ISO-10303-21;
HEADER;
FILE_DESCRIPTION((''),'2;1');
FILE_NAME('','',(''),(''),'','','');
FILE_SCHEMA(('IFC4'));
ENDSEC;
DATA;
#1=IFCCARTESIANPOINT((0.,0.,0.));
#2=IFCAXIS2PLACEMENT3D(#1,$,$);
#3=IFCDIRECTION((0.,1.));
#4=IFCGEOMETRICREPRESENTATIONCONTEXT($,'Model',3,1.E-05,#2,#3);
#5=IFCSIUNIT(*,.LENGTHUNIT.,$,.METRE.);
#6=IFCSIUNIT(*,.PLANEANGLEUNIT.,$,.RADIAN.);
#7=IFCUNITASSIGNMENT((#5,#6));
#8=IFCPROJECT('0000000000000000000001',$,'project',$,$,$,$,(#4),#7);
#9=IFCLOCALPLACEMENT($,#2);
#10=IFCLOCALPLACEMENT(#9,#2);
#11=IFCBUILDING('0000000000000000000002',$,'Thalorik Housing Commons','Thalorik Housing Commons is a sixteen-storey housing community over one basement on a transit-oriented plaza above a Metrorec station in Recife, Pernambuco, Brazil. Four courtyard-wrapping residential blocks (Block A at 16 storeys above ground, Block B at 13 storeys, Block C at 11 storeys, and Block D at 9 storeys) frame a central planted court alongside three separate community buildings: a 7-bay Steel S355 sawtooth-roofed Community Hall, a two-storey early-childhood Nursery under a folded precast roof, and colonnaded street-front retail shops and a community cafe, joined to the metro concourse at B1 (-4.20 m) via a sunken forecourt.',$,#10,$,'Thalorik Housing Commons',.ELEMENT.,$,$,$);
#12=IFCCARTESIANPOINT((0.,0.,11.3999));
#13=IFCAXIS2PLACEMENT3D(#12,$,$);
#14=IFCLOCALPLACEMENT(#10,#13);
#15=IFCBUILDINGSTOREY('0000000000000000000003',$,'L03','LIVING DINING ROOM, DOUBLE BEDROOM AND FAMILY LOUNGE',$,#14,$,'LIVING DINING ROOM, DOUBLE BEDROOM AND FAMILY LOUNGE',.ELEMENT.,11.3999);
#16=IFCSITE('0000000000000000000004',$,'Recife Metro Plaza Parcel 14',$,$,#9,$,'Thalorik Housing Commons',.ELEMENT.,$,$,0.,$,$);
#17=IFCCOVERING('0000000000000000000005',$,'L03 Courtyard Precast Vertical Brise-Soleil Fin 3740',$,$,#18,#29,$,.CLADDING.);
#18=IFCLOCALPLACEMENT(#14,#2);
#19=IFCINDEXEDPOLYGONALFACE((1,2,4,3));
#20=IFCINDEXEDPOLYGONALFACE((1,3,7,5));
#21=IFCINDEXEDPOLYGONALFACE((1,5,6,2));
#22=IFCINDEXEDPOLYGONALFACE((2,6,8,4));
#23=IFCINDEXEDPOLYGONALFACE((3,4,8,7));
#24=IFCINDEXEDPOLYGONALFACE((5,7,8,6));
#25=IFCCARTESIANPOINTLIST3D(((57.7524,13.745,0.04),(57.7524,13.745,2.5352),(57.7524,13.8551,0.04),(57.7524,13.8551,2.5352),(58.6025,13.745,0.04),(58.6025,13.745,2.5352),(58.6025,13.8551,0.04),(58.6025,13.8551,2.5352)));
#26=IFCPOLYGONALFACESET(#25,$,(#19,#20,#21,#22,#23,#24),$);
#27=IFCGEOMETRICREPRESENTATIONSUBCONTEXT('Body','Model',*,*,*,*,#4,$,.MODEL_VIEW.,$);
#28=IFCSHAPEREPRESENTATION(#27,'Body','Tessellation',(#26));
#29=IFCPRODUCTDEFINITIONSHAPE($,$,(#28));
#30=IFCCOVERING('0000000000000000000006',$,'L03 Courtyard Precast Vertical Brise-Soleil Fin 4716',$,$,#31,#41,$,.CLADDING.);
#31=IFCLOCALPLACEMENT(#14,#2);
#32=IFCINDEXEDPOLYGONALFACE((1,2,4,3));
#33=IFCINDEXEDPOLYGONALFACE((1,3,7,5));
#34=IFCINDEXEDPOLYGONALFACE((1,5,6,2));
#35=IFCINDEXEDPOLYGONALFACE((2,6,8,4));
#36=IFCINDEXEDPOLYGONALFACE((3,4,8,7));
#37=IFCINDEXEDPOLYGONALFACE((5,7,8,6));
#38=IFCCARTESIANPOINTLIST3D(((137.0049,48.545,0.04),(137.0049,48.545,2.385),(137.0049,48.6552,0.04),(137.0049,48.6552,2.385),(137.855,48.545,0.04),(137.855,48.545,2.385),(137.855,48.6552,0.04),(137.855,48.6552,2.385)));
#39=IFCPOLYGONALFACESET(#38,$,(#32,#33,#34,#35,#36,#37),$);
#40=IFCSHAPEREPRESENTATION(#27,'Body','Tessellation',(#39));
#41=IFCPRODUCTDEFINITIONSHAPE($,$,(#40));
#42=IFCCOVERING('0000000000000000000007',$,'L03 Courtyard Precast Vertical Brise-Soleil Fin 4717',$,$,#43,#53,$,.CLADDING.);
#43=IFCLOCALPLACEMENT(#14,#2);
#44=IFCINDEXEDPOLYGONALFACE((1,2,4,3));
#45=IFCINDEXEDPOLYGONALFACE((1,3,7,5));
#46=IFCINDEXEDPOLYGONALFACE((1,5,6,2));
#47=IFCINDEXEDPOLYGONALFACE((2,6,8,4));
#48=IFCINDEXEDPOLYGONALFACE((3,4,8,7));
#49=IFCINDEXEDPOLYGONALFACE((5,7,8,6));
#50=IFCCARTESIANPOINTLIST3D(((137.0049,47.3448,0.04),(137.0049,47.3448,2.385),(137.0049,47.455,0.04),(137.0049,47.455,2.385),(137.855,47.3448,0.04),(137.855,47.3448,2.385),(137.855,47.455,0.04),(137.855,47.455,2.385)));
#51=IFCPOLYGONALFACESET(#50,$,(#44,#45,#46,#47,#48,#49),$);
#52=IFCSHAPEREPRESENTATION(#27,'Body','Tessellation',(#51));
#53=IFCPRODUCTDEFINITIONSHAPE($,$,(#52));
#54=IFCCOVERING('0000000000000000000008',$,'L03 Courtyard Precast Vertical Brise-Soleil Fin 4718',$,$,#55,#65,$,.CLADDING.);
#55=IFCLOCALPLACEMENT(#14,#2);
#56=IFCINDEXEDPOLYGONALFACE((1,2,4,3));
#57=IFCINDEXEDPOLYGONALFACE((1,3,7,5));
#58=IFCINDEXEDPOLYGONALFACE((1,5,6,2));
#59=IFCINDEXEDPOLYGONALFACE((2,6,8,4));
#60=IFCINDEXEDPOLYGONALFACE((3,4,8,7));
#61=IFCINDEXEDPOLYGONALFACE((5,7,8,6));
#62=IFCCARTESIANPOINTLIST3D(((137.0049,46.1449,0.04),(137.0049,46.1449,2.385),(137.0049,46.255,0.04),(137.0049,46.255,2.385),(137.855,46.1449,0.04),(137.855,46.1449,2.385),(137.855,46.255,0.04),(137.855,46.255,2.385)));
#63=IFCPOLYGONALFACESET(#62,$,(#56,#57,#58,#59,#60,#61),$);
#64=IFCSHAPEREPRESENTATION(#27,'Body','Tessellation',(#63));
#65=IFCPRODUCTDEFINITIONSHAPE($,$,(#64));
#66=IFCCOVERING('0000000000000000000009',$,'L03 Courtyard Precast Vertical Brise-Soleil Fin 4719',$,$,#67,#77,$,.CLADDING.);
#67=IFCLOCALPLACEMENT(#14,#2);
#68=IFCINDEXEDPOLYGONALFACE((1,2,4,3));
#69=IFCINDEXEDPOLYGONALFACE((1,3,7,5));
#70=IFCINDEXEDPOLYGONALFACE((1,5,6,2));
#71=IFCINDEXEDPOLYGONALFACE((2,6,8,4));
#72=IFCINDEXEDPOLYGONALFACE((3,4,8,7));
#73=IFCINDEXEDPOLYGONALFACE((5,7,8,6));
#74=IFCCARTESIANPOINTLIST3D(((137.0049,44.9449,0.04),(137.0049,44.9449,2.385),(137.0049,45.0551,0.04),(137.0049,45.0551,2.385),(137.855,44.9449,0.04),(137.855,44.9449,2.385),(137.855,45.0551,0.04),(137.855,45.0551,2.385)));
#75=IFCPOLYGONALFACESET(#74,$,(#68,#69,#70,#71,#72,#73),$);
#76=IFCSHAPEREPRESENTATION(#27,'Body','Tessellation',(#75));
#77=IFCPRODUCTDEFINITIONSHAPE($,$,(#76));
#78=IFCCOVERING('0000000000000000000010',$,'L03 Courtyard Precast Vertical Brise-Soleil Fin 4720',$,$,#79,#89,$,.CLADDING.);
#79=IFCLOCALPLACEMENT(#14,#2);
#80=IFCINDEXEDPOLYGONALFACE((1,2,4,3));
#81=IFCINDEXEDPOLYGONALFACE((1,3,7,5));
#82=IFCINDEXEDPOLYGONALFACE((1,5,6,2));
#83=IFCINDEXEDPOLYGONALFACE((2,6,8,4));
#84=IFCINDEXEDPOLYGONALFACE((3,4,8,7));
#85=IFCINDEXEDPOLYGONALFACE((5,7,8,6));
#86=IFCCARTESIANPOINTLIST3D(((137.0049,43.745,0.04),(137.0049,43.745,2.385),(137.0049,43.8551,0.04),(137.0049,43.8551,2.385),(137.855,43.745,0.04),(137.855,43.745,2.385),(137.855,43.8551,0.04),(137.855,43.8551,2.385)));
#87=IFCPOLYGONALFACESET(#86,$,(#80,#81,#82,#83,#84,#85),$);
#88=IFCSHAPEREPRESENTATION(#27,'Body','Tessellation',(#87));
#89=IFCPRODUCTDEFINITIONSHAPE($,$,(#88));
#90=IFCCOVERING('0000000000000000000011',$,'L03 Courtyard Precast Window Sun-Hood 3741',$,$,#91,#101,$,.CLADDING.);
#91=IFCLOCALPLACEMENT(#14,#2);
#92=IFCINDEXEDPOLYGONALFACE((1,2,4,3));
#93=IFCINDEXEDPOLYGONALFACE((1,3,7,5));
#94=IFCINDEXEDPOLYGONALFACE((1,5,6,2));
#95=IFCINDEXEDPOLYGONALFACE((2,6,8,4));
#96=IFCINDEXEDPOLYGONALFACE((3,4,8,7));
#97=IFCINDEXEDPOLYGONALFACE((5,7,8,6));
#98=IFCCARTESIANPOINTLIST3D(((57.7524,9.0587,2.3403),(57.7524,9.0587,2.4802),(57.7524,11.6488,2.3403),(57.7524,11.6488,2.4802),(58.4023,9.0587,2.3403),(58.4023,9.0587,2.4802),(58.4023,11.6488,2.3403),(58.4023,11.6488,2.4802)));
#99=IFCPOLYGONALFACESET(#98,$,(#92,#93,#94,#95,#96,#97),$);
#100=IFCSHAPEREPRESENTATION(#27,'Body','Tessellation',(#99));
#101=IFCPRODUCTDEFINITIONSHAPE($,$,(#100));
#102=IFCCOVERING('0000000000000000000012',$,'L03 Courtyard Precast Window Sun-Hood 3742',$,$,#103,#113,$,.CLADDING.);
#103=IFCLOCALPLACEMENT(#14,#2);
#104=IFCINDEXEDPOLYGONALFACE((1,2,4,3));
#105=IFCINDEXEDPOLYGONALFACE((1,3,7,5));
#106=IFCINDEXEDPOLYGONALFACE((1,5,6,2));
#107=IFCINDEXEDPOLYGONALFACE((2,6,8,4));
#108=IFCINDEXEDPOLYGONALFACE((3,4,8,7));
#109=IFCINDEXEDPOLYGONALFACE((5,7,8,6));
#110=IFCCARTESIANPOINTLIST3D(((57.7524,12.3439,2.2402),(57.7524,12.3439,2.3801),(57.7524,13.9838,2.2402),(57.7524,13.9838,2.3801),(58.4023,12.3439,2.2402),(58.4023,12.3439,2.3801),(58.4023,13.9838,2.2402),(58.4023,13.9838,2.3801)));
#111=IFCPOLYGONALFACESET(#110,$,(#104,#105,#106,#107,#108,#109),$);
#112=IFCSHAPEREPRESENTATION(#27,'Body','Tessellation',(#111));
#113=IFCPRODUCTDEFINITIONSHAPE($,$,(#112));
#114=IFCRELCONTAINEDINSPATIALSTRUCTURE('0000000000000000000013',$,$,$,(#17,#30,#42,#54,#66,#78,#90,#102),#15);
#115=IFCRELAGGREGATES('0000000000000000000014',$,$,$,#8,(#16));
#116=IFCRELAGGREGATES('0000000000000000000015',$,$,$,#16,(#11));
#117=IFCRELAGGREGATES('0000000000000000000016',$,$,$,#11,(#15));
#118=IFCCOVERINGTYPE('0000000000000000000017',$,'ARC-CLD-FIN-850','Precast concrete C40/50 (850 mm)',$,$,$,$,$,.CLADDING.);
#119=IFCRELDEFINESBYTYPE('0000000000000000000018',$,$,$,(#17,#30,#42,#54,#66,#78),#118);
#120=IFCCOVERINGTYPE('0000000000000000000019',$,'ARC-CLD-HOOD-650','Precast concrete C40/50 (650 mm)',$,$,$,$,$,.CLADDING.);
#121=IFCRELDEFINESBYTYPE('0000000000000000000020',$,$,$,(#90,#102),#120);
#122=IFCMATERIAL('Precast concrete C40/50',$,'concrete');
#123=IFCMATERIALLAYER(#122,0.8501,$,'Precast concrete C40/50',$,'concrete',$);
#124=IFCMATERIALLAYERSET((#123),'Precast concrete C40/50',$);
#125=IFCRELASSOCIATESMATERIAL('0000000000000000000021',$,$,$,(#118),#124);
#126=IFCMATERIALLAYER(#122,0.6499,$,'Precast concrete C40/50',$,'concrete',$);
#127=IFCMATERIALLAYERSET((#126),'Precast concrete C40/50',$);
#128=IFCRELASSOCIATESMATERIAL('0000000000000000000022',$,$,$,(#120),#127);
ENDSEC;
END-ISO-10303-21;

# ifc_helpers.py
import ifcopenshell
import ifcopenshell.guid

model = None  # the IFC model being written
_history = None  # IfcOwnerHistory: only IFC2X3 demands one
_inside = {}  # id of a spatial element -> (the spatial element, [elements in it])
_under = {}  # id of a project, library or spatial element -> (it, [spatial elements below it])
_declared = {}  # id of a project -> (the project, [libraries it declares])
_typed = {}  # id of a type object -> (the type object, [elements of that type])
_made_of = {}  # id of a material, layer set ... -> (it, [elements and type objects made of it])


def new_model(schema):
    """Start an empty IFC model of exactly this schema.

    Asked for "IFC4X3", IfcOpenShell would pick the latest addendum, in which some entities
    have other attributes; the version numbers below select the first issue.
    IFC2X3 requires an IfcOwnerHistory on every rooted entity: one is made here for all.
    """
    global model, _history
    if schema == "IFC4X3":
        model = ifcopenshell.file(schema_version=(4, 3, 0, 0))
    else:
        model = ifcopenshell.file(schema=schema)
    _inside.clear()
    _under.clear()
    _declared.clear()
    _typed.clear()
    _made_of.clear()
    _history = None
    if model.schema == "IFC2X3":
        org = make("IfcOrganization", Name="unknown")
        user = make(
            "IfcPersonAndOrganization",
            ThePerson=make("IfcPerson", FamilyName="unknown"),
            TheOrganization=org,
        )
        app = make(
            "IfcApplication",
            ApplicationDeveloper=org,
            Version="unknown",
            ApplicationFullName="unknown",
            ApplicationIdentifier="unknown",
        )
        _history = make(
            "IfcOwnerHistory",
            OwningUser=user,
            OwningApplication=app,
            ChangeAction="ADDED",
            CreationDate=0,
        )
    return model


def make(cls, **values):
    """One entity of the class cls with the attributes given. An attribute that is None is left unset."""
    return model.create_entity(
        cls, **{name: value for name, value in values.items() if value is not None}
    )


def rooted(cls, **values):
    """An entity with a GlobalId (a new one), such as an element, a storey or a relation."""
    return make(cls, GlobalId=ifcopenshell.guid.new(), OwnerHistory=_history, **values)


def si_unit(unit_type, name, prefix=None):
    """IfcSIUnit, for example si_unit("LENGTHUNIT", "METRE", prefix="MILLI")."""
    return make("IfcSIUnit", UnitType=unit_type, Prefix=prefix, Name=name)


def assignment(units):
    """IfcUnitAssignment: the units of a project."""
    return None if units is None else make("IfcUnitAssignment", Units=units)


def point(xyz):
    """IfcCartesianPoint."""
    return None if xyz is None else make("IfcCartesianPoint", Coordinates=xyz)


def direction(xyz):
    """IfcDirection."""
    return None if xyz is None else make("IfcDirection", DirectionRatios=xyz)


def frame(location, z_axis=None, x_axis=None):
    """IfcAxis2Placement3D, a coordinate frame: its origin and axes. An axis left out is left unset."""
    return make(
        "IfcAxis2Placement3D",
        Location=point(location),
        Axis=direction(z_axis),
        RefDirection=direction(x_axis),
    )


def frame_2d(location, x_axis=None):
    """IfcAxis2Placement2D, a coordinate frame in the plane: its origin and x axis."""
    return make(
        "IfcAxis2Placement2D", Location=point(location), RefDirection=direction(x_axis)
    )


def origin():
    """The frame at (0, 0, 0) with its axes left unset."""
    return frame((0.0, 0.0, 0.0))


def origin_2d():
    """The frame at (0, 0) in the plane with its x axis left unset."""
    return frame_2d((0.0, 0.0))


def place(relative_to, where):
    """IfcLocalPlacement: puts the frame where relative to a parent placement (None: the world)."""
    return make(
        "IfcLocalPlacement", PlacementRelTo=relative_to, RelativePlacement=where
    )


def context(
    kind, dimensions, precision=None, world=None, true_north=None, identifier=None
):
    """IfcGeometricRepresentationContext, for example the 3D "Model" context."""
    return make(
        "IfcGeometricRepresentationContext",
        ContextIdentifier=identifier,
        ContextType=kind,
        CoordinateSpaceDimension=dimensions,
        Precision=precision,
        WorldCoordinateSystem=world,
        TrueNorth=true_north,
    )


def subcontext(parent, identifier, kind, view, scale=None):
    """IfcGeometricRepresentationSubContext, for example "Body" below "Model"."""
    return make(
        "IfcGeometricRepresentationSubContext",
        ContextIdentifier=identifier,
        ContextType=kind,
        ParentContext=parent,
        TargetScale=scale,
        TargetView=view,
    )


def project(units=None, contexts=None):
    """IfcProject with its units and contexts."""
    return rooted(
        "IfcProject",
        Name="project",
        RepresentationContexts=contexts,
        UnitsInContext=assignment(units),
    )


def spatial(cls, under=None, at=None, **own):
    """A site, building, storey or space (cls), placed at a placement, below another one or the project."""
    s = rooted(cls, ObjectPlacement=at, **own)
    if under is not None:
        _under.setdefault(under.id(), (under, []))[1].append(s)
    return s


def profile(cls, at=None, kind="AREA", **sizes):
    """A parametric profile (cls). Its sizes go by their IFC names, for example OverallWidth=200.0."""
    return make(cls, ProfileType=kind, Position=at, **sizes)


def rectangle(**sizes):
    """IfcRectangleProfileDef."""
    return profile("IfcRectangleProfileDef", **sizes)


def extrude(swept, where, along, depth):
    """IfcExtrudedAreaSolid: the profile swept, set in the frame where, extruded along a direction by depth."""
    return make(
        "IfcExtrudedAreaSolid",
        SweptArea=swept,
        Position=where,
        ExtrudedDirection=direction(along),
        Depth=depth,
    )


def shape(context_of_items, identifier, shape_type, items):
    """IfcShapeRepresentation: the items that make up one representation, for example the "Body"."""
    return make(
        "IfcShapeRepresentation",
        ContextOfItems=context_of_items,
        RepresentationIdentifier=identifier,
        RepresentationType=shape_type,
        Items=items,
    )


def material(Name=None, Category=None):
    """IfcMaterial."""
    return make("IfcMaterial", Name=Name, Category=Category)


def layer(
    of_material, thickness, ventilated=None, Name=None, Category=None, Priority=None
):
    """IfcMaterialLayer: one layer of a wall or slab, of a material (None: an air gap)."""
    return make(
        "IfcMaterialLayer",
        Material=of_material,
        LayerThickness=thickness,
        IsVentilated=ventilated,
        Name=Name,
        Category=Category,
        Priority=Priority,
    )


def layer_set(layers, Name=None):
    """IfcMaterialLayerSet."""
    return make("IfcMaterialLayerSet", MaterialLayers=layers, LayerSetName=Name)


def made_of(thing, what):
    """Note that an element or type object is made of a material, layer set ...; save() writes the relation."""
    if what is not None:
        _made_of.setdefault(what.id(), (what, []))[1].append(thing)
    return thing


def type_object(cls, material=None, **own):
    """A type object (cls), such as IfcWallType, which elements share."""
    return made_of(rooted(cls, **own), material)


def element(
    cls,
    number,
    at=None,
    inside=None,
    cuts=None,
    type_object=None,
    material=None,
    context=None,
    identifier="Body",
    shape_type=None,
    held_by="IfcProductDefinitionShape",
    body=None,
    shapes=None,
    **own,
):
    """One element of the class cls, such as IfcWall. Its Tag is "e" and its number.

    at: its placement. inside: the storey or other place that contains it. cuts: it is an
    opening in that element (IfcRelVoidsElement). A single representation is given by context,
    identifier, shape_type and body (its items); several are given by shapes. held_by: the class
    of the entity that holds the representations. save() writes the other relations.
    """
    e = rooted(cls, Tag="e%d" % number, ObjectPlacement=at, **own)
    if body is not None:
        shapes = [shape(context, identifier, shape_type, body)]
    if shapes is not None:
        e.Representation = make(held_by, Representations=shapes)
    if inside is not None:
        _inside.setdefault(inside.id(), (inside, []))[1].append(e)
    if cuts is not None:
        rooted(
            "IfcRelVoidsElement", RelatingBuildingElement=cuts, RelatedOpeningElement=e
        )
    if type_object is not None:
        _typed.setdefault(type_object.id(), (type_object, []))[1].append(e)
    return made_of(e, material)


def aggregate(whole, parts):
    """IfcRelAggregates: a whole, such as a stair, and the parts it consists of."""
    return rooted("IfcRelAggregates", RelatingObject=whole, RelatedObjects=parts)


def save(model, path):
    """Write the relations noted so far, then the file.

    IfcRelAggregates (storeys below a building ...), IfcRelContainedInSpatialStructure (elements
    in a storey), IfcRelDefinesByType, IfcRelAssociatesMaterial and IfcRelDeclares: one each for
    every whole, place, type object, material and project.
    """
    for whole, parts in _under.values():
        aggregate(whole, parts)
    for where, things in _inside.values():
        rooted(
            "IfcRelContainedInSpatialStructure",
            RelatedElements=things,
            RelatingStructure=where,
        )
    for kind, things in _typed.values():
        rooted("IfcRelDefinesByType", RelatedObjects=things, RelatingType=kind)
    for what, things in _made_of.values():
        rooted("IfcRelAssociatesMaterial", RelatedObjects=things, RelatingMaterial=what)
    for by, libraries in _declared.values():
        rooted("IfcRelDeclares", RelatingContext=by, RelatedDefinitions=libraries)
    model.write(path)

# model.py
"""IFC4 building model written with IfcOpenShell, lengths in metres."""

from ifc_helpers import new_model, si_unit, direction, frame, origin, origin_2d, place, context, subcontext, project, spatial, rectangle, extrude, material, layer, layer_set, type_object, element, save


model = new_model("IFC4")

# Units and contexts
model_context = context("Model", 3, precision=1e-05, world=origin(), true_north=direction((0.0, 1.0)))
body_context = subcontext(model_context, "Body", "Model", "MODEL_VIEW")
ifc_project = project(units=[si_unit("LENGTHUNIT", "METRE"), si_unit("PLANEANGLEUNIT", "RADIAN")], contexts=[model_context])

# Site, building, storey
site_placement = place(None, origin())
site = spatial("IfcSite", under=ifc_project, at=site_placement, Name="Recife Metro Plaza Parcel 14", LongName="Thalorik Housing Commons", CompositionType="ELEMENT", RefElevation=0.0)
building_placement = place(site_placement, origin())
building = spatial("IfcBuilding", under=site, at=building_placement, Name="Thalorik Housing Commons", Description="Thalorik Housing Commons is a sixteen-storey housing community over one basement on a transit-oriented plaza above a Metrorec station in Recife, Pernambuco, Brazil. Four courtyard-wrapping residential blocks (Block A at 16 storeys above ground, Block B at 13 storeys, Block C at 11 storeys, and Block D at 9 storeys) frame a central planted court alongside three separate community buildings: a 7-bay Steel S355 sawtooth-roofed Community Hall, a two-storey early-childhood Nursery under a folded precast roof, and colonnaded street-front retail shops and a community cafe, joined to the metro concourse at B1 (-4.20 m) via a sunken forecourt.", LongName="Thalorik Housing Commons", CompositionType="ELEMENT")
storey_placement = place(building_placement, frame((0.0, 0.0, 11.3999)))
storey = spatial("IfcBuildingStorey", under=building, at=storey_placement, Name="L03", Description="LIVING DINING ROOM, DOUBLE BEDROOM AND FAMILY LOUNGE", LongName="LIVING DINING ROOM, DOUBLE BEDROOM AND FAMILY LOUNGE", CompositionType="ELEMENT", Elevation=11.3999)

# Coverings
ifc_material_1 = material(Name="Precast concrete C40/50", Category="concrete")
ifc_layer_1 = layer(ifc_material_1, 0.8501, Name="Precast concrete C40/50", Category="concrete")
ifc_layer_set_1 = layer_set([ifc_layer_1], Name="Precast concrete C40/50")
covering_type_1 = type_object("IfcCoveringType", Name="ARC-CLD-FIN-850", Description="Precast concrete C40/50 (850 mm)", PredefinedType="CLADDING", material=ifc_layer_set_1)
for number, where, z_axis, x_axis, name in (
    (1, (58.1775, 13.8, 0.04), (0.0, 0.0, 1.0), (0.0, 1.0, 0.0), "L03 Courtyard Precast Vertical Brise-Soleil Fin 3740"),
):
    element("IfcCovering", number, at=place(storey_placement, frame(where, z_axis=z_axis, x_axis=x_axis)), inside=storey, type_object=covering_type_1, Name=name, PredefinedType="CLADDING", context=body_context, shape_type="SweptSolid", body=[
        extrude(rectangle(XDim=0.1101, YDim=0.8501, at=origin_2d()), origin(), (0.0, 0.0, 1.0), 2.4951),
    ])
for number, where, z_axis, x_axis, name in (
    (2, (137.4299, 48.6001, 0.04), (0.0, 0.0, 1.0), (0.0, -1.0, 0.0), "L03 Courtyard Precast Vertical Brise-Soleil Fin 4716"),
    (3, (137.4299, 47.3999, 0.04), (0.0, 0.0, 1.0), (0.0, -1.0, 0.0), "L03 Courtyard Precast Vertical Brise-Soleil Fin 4717"),
    (4, (137.4299, 46.2, 0.04), (0.0, 0.0, 1.0), (0.0, -1.0, 0.0), "L03 Courtyard Precast Vertical Brise-Soleil Fin 4718"),
    (5, (137.4299, 45.0, 0.04), (0.0, 0.0, 1.0), (0.0, -1.0, 0.0), "L03 Courtyard Precast Vertical Brise-Soleil Fin 4719"),
    (6, (137.4299, 43.8, 0.04), (0.0, 0.0, 1.0), (0.0, -1.0, 0.0), "L03 Courtyard Precast Vertical Brise-Soleil Fin 4720"),
):
    element("IfcCovering", number, at=place(storey_placement, frame(where, z_axis=z_axis, x_axis=x_axis)), inside=storey, type_object=covering_type_1, Name=name, PredefinedType="CLADDING", context=body_context, shape_type="SweptSolid", body=[
        extrude(rectangle(XDim=0.1101, YDim=0.8501, at=origin_2d()), origin(), (0.0, 0.0, 1.0), 2.345),
    ])
ifc_layer_2 = layer(ifc_material_1, 0.6499, Name="Precast concrete C40/50", Category="concrete")
ifc_layer_set_2 = layer_set([ifc_layer_2], Name="Precast concrete C40/50")
covering_type_2 = type_object("IfcCoveringType", Name="ARC-CLD-HOOD-650", Description="Precast concrete C40/50 (650 mm)", PredefinedType="CLADDING", material=ifc_layer_set_2)
covering_1_placement = place(storey_placement, frame((58.0774, 10.3538, 2.3403), z_axis=(0.0, 0.0, 1.0), x_axis=(0.0, 1.0, 0.0)))
element("IfcCovering", 7, at=covering_1_placement, inside=storey, type_object=covering_type_2, Name="L03 Courtyard Precast Window Sun-Hood 3741", PredefinedType="CLADDING", context=body_context, shape_type="SweptSolid", body=[
    extrude(rectangle(XDim=2.5901, YDim=0.6499, at=origin_2d()), origin(), (0.0, 0.0, 1.0), 0.1399),
])
covering_2_placement = place(storey_placement, frame((58.0774, 13.1638, 2.2402), z_axis=(0.0, 0.0, 1.0), x_axis=(0.0, 1.0, 0.0)))
element("IfcCovering", 8, at=covering_2_placement, inside=storey, type_object=covering_type_2, Name="L03 Courtyard Precast Window Sun-Hood 3742", PredefinedType="CLADDING", context=body_context, shape_type="SweptSolid", body=[
    extrude(rectangle(XDim=1.6399, YDim=0.6499, at=origin_2d()), origin(), (0.0, 0.0, 1.0), 0.1399),
])

save(model, "model.ifc")
